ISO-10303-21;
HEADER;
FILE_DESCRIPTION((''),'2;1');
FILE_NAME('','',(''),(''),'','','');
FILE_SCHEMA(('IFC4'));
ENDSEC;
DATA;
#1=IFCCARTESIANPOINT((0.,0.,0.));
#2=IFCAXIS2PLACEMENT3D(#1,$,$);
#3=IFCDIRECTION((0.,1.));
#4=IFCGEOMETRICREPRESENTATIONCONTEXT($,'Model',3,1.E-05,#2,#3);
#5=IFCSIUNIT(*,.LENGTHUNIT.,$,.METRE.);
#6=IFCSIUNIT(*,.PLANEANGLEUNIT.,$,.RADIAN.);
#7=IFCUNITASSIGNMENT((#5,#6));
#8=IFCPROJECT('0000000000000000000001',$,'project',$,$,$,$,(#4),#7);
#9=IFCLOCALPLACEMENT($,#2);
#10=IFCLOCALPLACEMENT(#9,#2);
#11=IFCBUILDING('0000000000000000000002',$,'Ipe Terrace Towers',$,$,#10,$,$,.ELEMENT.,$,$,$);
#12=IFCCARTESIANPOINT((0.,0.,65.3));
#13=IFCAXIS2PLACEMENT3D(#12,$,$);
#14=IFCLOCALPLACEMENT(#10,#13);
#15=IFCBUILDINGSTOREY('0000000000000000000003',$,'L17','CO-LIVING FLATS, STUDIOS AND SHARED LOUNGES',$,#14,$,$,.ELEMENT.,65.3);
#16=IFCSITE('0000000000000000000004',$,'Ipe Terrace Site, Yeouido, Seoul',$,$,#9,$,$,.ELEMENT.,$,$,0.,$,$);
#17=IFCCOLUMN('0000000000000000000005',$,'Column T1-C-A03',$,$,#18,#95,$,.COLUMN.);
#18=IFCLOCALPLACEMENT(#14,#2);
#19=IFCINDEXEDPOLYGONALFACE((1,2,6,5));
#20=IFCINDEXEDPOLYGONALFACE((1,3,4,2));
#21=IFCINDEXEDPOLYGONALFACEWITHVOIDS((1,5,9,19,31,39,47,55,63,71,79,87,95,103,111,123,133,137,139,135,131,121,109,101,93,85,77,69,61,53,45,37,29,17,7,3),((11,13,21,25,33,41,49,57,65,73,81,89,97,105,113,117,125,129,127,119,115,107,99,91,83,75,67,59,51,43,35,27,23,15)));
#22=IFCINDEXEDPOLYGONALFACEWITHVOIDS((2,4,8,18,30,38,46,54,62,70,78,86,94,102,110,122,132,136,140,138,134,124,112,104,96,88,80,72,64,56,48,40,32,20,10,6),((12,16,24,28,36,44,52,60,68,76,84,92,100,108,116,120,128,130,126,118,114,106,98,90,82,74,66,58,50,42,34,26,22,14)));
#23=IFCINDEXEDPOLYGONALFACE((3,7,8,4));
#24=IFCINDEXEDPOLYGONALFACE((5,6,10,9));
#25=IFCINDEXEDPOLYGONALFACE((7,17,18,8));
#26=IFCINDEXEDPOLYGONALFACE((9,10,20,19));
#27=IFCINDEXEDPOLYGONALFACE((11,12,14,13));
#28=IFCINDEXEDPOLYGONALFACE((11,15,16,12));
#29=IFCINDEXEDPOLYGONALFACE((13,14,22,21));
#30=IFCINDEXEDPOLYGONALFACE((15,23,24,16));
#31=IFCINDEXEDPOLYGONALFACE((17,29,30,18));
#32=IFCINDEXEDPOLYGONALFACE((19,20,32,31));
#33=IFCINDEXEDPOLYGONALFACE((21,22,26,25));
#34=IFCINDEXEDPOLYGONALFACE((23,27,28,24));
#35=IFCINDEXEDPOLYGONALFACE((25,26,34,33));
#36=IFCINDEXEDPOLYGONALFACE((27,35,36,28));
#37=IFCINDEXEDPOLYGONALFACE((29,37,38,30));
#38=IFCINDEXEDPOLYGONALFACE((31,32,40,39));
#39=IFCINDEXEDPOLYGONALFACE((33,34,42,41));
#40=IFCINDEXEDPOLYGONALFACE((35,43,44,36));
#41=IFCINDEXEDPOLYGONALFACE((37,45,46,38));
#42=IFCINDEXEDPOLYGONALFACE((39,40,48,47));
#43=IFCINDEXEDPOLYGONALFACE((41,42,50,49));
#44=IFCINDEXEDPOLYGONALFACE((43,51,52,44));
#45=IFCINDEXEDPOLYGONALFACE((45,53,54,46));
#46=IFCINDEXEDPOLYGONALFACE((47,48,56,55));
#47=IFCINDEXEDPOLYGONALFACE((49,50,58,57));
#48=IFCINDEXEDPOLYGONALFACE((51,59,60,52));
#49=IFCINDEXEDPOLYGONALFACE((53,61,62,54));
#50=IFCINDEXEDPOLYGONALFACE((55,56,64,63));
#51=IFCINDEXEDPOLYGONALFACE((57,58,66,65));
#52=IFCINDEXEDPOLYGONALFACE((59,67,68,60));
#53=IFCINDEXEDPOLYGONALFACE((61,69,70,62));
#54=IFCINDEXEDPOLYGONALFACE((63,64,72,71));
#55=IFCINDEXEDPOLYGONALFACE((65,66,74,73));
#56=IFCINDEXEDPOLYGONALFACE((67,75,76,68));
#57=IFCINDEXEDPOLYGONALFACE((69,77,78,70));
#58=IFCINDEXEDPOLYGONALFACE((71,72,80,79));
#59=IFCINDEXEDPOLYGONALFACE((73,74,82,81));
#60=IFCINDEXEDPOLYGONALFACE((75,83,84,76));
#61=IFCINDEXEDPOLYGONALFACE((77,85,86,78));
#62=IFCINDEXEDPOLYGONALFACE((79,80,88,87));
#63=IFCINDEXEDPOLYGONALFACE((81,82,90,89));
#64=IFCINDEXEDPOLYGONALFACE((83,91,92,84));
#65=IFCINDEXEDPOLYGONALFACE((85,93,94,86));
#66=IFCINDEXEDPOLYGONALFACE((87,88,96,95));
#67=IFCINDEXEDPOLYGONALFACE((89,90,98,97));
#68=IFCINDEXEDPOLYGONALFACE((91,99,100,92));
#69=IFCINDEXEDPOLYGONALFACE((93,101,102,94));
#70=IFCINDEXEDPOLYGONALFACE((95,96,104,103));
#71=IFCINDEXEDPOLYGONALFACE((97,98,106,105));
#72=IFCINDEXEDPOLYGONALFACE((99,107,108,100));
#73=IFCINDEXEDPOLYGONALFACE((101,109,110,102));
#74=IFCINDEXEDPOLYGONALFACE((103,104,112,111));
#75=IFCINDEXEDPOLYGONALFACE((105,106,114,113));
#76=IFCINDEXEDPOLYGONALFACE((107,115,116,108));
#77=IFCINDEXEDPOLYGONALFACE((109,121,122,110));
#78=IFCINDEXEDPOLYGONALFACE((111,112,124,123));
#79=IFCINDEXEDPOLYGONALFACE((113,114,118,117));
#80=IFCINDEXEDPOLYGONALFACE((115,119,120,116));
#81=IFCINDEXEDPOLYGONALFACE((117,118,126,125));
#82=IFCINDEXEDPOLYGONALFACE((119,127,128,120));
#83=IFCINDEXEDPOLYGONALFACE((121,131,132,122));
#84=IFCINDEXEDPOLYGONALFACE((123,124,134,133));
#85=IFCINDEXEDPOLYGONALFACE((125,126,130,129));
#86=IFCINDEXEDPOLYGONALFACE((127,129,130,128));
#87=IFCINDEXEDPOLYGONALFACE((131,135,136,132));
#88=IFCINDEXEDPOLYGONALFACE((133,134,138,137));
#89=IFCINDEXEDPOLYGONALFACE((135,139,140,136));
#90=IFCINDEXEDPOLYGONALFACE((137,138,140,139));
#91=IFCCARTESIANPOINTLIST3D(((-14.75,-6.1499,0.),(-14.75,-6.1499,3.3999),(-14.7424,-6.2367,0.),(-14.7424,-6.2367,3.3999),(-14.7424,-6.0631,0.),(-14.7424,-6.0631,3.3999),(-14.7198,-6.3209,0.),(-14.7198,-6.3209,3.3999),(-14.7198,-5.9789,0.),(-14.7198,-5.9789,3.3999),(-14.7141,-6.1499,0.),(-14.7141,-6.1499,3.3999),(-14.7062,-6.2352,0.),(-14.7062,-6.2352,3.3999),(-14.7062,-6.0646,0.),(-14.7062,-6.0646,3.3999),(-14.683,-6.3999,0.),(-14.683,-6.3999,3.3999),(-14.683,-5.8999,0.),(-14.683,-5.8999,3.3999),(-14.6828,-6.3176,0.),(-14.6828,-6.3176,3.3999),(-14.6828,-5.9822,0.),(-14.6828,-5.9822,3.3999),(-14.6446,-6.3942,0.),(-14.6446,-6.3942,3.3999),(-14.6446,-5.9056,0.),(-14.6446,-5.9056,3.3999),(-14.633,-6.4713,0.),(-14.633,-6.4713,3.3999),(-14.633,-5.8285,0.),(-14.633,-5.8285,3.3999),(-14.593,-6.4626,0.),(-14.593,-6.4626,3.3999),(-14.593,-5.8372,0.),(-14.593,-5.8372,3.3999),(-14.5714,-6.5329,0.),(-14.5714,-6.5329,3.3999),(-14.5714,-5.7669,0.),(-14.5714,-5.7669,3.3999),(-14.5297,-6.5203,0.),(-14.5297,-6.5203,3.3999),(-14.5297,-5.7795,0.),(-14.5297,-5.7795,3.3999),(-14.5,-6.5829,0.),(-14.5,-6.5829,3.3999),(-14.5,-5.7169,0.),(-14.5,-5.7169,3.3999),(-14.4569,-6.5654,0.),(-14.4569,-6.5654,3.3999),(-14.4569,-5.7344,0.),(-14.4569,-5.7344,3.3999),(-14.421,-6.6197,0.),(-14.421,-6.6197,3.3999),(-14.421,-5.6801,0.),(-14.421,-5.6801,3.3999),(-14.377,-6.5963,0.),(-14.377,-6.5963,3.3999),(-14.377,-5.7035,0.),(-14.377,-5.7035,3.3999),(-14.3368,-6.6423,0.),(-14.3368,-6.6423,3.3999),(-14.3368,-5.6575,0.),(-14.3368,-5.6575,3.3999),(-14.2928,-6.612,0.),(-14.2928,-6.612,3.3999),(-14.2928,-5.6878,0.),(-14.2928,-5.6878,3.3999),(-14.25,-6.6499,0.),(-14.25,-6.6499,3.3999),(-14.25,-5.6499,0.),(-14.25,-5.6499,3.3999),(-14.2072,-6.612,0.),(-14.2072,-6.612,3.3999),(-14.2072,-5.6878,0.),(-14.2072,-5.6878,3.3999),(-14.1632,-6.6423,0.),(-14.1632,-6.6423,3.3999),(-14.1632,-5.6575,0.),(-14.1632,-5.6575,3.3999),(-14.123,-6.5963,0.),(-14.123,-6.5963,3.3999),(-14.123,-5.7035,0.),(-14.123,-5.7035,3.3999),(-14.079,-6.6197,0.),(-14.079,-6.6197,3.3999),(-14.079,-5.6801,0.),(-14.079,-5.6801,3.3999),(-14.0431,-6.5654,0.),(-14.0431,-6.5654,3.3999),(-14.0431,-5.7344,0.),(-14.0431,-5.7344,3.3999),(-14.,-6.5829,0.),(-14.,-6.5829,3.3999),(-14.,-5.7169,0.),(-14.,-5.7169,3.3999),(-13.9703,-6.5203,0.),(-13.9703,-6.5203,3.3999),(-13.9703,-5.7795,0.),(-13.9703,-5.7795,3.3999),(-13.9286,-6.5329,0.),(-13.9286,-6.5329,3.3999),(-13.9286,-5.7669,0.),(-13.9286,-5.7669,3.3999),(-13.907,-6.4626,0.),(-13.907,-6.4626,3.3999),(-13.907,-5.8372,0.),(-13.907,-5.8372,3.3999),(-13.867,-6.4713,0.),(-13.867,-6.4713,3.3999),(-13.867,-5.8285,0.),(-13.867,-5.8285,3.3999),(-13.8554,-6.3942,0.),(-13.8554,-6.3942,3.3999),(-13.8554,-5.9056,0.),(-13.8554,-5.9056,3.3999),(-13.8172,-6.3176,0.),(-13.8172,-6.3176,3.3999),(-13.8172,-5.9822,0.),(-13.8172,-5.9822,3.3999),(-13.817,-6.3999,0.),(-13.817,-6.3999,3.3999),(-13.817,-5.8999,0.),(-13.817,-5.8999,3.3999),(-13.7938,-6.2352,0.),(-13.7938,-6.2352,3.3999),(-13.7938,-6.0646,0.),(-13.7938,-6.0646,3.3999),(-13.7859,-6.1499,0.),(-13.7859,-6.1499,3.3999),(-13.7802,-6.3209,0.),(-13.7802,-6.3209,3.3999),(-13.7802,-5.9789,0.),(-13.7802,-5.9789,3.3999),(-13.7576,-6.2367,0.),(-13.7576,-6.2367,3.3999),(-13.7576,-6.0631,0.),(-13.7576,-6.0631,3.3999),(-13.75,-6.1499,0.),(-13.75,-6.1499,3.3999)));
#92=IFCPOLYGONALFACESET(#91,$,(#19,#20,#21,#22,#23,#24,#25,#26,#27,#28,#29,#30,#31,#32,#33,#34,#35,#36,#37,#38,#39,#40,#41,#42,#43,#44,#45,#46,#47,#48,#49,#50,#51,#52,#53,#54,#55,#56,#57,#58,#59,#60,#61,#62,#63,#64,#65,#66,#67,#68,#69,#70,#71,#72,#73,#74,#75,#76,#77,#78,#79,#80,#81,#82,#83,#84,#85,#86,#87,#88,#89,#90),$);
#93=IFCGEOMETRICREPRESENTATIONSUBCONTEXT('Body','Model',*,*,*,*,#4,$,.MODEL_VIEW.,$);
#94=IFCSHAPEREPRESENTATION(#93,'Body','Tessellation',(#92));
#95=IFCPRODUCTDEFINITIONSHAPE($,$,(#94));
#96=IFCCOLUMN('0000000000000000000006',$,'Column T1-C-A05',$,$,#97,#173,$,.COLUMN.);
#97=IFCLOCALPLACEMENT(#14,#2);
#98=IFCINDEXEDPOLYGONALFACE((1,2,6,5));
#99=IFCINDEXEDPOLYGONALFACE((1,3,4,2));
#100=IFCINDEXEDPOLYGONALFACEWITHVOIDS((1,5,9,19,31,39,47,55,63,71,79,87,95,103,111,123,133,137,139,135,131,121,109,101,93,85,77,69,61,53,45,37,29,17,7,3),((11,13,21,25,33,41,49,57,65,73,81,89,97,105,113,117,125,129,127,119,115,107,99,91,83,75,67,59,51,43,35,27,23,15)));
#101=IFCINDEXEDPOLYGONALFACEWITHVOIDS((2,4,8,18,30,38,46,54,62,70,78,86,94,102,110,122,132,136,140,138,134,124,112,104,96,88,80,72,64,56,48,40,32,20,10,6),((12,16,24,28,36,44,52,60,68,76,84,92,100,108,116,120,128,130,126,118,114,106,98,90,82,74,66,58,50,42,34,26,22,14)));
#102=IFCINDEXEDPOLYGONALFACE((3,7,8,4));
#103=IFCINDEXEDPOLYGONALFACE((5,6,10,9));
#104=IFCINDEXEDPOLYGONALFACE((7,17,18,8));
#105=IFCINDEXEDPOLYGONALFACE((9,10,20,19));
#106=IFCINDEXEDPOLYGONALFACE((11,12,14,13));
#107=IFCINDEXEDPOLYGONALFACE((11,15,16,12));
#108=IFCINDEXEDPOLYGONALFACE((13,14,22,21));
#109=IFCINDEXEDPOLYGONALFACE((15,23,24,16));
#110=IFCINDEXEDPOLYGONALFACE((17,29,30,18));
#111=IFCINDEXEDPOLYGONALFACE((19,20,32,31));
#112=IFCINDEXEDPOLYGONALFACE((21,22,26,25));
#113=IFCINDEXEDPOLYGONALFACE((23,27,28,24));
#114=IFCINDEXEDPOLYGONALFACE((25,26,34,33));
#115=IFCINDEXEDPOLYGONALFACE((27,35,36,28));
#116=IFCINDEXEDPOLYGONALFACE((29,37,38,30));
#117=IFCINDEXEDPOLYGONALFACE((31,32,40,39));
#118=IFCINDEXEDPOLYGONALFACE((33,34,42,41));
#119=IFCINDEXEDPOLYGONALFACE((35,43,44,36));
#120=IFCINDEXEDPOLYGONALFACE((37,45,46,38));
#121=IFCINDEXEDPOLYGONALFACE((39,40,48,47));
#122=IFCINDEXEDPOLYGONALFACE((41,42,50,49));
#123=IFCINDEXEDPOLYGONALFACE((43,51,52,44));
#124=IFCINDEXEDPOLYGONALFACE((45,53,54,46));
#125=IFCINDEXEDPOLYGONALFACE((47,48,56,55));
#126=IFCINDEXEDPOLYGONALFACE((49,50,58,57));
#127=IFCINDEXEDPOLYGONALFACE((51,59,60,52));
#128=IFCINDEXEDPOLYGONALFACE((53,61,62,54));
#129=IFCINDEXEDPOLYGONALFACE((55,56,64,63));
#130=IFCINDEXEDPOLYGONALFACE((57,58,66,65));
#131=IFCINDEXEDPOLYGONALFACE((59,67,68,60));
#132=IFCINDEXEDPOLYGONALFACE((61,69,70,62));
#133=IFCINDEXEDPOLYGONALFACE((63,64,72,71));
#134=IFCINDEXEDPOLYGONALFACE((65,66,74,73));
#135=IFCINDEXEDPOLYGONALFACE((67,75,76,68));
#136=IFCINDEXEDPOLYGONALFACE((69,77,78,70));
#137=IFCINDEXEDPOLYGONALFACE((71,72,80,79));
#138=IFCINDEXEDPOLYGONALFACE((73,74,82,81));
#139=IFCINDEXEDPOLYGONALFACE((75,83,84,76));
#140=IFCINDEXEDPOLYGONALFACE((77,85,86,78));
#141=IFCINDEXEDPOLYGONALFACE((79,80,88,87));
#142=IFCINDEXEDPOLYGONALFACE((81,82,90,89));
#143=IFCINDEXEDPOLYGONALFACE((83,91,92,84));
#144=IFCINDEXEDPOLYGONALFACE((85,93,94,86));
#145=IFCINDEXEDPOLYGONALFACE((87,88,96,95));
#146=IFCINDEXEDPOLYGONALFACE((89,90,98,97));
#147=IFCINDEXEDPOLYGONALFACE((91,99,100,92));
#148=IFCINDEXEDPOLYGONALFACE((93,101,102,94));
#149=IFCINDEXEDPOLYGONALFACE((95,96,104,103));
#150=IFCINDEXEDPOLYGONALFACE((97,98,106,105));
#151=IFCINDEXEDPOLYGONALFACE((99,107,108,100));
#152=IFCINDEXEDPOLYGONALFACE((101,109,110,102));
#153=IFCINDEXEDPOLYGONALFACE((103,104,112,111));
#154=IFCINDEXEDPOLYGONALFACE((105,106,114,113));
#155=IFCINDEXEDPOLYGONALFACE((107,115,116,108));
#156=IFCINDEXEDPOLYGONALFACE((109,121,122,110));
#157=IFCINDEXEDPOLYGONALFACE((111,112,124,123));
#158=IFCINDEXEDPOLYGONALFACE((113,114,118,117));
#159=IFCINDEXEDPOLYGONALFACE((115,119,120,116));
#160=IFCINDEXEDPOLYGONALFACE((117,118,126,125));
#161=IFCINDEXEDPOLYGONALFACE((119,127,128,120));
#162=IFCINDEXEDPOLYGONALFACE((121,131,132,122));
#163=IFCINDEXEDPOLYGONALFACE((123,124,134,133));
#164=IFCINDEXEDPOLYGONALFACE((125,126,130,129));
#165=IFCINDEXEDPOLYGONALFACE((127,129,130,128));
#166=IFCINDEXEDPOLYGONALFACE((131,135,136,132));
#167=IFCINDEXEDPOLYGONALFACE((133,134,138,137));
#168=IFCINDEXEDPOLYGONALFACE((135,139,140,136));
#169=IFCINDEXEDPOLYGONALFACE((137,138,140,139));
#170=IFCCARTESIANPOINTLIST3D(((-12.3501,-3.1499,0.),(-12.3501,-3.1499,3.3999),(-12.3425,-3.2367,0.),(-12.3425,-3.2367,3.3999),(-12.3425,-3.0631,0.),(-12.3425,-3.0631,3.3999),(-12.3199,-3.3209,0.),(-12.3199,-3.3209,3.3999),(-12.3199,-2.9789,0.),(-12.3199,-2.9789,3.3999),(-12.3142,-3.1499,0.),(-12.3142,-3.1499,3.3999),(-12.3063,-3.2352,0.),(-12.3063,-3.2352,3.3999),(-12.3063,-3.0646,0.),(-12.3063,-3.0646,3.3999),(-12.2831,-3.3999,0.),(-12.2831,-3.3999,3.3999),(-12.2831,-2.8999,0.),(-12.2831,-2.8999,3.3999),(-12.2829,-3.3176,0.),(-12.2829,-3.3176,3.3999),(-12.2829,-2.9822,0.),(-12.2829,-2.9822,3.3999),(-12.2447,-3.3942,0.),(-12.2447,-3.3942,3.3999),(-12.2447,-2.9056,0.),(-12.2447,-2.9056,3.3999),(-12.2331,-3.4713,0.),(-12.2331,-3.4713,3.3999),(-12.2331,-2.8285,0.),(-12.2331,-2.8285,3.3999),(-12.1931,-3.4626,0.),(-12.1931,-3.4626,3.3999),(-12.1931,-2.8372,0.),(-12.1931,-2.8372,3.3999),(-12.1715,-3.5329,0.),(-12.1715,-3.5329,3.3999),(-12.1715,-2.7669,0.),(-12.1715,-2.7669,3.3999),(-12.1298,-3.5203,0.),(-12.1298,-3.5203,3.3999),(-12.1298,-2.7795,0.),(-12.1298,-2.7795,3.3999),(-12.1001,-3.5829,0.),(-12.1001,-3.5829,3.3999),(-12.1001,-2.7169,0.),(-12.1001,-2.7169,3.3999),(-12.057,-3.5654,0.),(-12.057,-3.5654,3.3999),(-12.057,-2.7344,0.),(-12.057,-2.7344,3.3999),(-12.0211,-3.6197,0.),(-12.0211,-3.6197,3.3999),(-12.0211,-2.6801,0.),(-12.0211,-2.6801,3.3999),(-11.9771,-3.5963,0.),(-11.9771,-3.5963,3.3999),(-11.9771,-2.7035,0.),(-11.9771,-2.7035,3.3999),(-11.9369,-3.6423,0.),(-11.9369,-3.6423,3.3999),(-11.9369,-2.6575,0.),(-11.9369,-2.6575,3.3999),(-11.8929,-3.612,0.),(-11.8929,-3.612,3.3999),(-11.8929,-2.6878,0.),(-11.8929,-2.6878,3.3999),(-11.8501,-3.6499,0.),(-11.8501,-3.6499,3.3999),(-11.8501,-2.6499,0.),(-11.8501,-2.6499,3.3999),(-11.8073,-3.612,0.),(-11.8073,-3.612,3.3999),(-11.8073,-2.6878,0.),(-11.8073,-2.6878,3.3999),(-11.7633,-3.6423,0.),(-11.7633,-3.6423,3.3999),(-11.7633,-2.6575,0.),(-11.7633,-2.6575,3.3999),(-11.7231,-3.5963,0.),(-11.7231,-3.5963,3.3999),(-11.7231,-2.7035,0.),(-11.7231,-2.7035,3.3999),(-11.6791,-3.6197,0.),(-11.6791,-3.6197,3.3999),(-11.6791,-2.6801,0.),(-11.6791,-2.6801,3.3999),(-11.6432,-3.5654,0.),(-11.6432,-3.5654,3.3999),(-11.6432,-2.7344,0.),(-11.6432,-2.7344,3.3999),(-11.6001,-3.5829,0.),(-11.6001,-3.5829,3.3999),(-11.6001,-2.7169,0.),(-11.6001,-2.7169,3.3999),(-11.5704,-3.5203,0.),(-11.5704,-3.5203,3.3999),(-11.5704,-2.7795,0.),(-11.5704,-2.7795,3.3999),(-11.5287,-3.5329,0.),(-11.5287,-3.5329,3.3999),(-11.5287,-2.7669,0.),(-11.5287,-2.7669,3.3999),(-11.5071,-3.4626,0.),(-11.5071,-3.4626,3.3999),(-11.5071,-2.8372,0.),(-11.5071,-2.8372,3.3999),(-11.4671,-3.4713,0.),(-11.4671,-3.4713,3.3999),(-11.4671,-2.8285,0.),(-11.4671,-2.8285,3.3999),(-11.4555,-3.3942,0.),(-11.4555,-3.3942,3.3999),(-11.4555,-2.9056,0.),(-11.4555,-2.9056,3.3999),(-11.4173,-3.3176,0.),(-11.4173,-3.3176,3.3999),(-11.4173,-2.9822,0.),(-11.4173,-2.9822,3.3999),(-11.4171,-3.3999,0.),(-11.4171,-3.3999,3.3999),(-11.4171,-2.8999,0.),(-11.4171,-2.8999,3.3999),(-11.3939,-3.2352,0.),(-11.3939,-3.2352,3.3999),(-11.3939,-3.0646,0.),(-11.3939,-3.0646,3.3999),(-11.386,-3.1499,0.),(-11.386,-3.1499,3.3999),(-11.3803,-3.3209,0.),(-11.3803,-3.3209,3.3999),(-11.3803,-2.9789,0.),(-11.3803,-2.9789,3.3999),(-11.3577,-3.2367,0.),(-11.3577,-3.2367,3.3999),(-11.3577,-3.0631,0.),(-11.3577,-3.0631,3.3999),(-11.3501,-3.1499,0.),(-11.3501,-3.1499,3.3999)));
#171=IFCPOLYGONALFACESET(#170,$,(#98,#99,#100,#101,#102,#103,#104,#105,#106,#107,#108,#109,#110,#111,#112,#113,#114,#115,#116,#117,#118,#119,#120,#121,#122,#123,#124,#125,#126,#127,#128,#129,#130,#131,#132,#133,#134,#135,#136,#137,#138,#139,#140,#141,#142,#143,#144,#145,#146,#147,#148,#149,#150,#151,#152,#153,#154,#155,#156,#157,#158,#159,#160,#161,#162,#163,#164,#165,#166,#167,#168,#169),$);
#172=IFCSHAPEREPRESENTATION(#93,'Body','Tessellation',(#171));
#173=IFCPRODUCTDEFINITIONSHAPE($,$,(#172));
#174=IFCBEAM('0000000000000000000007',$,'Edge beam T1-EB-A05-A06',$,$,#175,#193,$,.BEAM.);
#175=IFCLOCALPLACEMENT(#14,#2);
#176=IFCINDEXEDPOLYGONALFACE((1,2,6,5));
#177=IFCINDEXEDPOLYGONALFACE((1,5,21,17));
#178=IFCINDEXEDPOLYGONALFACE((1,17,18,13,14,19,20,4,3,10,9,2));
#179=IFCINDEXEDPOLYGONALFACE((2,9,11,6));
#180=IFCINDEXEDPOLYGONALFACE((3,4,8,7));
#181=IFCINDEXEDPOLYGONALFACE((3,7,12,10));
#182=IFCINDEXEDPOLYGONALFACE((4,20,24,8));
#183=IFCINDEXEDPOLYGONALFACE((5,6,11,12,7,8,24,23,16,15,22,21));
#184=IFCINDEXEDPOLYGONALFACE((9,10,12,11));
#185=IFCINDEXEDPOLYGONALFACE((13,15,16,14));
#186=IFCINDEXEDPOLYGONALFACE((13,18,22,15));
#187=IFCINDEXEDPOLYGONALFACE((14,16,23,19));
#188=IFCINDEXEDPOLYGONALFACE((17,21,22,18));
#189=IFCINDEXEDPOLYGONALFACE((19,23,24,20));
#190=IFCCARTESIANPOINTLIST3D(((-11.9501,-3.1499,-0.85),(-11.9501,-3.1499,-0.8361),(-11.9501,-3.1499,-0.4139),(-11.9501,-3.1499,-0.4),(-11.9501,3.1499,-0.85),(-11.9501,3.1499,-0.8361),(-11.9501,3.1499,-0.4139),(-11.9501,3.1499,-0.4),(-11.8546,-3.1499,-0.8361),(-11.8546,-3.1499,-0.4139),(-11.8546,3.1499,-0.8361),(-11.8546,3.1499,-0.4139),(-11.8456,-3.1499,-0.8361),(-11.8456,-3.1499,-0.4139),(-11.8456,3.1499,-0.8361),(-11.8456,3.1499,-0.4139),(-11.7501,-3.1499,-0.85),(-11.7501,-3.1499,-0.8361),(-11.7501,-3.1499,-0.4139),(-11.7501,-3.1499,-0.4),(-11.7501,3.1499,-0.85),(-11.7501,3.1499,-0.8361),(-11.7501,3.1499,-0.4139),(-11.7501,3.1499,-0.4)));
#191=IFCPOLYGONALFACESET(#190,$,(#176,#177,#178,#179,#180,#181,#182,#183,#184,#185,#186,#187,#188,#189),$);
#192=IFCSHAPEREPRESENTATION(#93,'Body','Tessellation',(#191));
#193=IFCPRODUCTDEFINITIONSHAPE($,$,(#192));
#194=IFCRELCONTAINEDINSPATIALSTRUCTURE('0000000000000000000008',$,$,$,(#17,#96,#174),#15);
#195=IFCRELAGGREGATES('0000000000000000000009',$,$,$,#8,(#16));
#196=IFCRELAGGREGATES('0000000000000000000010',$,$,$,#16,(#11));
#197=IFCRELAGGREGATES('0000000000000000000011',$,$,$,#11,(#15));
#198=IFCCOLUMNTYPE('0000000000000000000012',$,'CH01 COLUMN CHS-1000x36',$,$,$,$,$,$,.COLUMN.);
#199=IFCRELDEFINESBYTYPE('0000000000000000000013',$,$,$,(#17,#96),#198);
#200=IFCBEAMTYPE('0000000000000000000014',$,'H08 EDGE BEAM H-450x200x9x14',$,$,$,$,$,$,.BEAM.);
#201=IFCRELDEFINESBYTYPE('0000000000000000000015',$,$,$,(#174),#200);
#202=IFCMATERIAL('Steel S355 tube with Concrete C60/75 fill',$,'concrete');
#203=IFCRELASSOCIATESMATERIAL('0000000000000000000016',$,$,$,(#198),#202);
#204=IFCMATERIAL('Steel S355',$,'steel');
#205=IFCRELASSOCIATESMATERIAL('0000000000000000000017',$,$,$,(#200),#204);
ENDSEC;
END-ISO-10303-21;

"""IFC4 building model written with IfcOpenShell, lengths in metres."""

from ifc_helpers import new_model, si_unit, direction, frame, origin, origin_2d, place, context, subcontext, project, spatial, hollow_circle, i_section, extrude, material, material_profile, profile_set, type_object, element, save


model = new_model("IFC4")

# Units and contexts
model_context = context("Model", 3, precision=1e-05, world=origin(), true_north=direction((0.0, 1.0)))
body_context = subcontext(model_context, "Body", "Model", "MODEL_VIEW")
ifc_project = project(units=[si_unit("LENGTHUNIT", "METRE"), si_unit("PLANEANGLEUNIT", "RADIAN")], contexts=[model_context])

# Site, building, storey
site_placement = place(None, origin())
site = spatial("IfcSite", under=ifc_project, at=site_placement, Name="Ipe Terrace Site, Yeouido, Seoul", CompositionType="ELEMENT", RefElevation=0.0)
building_placement = place(site_placement, origin())
building = spatial("IfcBuilding", under=site, at=building_placement, Name="Ipe Terrace Towers", CompositionType="ELEMENT")
storey_placement = place(building_placement, frame((0.0, 0.0, 65.3)))
storey = spatial("IfcBuildingStorey", under=building, at=storey_placement, Name="L17", Description="CO-LIVING FLATS, STUDIOS AND SHARED LOUNGES", CompositionType="ELEMENT", Elevation=65.3)

# Columns
ifc_material_1 = material(Name="Steel S355 tube with Concrete C60/75 fill", Category="concrete")
ifc_material_profile_1 = material_profile(ifc_material_1, hollow_circle(Radius=0.5, WallThickness=0.0359, at=origin_2d()), Name="CHS-1000x36")
ifc_profile_set_1 = profile_set([ifc_material_profile_1], Name="Steel S355 tube with Concrete C60/75 fill")
column_type = type_object("IfcColumnType", Name="CH01 COLUMN CHS-1000x36", PredefinedType="COLUMN", material=ifc_profile_set_1)
for number, where, z_axis, x_axis, name in (
    (1, (-14.25, -6.1499, 0.0), (0.0, 0.0, 1.0), (1.0, 0.0, 0.0), "Column T1-C-A03"),
    (2, (-11.8501, -3.1499, 0.0), (0.0, 0.0, 1.0), (1.0, 0.0, 0.0), "Column T1-C-A05"),
):
    element("IfcColumn", number, at=place(storey_placement, frame(where, z_axis=z_axis, x_axis=x_axis)), inside=storey, type_object=column_type, Name=name, PredefinedType="COLUMN", context=body_context, shape_type="SweptSolid", body=[
        extrude(hollow_circle(Radius=0.5, WallThickness=0.0359, at=origin_2d()), origin(), (0.0, 0.0, 1.0), 3.3999),
    ])

# Beam
ifc_material_2 = material(Name="Steel S355", Category="steel")
ifc_material_profile_2 = material_profile(ifc_material_2, i_section(OverallWidth=0.2, OverallDepth=0.45, WebThickness=0.009, FlangeThickness=0.0139, at=origin_2d()), Name="H-450x200x9x14")
ifc_profile_set_2 = profile_set([ifc_material_profile_2], Name="Steel S355")
beam_type = type_object("IfcBeamType", Name="H08 EDGE BEAM H-450x200x9x14", PredefinedType="BEAM", material=ifc_profile_set_2)
beam_placement = place(storey_placement, frame((-11.8501, -3.1499, -0.625), z_axis=(0.0, 1.0, 0.0), x_axis=(-1.0, 0.0, 0.0)))
element("IfcBeam", 3, at=beam_placement, inside=storey, type_object=beam_type, Name="Edge beam T1-EB-A05-A06", PredefinedType="BEAM", context=body_context, shape_type="SweptSolid", body=[
    extrude(i_section(OverallWidth=0.2, OverallDepth=0.45, WebThickness=0.009, FlangeThickness=0.0139, at=origin_2d()), origin(), (0.0, 0.0, 1.0), 6.2998),
])

save(model, "model.ifc")
